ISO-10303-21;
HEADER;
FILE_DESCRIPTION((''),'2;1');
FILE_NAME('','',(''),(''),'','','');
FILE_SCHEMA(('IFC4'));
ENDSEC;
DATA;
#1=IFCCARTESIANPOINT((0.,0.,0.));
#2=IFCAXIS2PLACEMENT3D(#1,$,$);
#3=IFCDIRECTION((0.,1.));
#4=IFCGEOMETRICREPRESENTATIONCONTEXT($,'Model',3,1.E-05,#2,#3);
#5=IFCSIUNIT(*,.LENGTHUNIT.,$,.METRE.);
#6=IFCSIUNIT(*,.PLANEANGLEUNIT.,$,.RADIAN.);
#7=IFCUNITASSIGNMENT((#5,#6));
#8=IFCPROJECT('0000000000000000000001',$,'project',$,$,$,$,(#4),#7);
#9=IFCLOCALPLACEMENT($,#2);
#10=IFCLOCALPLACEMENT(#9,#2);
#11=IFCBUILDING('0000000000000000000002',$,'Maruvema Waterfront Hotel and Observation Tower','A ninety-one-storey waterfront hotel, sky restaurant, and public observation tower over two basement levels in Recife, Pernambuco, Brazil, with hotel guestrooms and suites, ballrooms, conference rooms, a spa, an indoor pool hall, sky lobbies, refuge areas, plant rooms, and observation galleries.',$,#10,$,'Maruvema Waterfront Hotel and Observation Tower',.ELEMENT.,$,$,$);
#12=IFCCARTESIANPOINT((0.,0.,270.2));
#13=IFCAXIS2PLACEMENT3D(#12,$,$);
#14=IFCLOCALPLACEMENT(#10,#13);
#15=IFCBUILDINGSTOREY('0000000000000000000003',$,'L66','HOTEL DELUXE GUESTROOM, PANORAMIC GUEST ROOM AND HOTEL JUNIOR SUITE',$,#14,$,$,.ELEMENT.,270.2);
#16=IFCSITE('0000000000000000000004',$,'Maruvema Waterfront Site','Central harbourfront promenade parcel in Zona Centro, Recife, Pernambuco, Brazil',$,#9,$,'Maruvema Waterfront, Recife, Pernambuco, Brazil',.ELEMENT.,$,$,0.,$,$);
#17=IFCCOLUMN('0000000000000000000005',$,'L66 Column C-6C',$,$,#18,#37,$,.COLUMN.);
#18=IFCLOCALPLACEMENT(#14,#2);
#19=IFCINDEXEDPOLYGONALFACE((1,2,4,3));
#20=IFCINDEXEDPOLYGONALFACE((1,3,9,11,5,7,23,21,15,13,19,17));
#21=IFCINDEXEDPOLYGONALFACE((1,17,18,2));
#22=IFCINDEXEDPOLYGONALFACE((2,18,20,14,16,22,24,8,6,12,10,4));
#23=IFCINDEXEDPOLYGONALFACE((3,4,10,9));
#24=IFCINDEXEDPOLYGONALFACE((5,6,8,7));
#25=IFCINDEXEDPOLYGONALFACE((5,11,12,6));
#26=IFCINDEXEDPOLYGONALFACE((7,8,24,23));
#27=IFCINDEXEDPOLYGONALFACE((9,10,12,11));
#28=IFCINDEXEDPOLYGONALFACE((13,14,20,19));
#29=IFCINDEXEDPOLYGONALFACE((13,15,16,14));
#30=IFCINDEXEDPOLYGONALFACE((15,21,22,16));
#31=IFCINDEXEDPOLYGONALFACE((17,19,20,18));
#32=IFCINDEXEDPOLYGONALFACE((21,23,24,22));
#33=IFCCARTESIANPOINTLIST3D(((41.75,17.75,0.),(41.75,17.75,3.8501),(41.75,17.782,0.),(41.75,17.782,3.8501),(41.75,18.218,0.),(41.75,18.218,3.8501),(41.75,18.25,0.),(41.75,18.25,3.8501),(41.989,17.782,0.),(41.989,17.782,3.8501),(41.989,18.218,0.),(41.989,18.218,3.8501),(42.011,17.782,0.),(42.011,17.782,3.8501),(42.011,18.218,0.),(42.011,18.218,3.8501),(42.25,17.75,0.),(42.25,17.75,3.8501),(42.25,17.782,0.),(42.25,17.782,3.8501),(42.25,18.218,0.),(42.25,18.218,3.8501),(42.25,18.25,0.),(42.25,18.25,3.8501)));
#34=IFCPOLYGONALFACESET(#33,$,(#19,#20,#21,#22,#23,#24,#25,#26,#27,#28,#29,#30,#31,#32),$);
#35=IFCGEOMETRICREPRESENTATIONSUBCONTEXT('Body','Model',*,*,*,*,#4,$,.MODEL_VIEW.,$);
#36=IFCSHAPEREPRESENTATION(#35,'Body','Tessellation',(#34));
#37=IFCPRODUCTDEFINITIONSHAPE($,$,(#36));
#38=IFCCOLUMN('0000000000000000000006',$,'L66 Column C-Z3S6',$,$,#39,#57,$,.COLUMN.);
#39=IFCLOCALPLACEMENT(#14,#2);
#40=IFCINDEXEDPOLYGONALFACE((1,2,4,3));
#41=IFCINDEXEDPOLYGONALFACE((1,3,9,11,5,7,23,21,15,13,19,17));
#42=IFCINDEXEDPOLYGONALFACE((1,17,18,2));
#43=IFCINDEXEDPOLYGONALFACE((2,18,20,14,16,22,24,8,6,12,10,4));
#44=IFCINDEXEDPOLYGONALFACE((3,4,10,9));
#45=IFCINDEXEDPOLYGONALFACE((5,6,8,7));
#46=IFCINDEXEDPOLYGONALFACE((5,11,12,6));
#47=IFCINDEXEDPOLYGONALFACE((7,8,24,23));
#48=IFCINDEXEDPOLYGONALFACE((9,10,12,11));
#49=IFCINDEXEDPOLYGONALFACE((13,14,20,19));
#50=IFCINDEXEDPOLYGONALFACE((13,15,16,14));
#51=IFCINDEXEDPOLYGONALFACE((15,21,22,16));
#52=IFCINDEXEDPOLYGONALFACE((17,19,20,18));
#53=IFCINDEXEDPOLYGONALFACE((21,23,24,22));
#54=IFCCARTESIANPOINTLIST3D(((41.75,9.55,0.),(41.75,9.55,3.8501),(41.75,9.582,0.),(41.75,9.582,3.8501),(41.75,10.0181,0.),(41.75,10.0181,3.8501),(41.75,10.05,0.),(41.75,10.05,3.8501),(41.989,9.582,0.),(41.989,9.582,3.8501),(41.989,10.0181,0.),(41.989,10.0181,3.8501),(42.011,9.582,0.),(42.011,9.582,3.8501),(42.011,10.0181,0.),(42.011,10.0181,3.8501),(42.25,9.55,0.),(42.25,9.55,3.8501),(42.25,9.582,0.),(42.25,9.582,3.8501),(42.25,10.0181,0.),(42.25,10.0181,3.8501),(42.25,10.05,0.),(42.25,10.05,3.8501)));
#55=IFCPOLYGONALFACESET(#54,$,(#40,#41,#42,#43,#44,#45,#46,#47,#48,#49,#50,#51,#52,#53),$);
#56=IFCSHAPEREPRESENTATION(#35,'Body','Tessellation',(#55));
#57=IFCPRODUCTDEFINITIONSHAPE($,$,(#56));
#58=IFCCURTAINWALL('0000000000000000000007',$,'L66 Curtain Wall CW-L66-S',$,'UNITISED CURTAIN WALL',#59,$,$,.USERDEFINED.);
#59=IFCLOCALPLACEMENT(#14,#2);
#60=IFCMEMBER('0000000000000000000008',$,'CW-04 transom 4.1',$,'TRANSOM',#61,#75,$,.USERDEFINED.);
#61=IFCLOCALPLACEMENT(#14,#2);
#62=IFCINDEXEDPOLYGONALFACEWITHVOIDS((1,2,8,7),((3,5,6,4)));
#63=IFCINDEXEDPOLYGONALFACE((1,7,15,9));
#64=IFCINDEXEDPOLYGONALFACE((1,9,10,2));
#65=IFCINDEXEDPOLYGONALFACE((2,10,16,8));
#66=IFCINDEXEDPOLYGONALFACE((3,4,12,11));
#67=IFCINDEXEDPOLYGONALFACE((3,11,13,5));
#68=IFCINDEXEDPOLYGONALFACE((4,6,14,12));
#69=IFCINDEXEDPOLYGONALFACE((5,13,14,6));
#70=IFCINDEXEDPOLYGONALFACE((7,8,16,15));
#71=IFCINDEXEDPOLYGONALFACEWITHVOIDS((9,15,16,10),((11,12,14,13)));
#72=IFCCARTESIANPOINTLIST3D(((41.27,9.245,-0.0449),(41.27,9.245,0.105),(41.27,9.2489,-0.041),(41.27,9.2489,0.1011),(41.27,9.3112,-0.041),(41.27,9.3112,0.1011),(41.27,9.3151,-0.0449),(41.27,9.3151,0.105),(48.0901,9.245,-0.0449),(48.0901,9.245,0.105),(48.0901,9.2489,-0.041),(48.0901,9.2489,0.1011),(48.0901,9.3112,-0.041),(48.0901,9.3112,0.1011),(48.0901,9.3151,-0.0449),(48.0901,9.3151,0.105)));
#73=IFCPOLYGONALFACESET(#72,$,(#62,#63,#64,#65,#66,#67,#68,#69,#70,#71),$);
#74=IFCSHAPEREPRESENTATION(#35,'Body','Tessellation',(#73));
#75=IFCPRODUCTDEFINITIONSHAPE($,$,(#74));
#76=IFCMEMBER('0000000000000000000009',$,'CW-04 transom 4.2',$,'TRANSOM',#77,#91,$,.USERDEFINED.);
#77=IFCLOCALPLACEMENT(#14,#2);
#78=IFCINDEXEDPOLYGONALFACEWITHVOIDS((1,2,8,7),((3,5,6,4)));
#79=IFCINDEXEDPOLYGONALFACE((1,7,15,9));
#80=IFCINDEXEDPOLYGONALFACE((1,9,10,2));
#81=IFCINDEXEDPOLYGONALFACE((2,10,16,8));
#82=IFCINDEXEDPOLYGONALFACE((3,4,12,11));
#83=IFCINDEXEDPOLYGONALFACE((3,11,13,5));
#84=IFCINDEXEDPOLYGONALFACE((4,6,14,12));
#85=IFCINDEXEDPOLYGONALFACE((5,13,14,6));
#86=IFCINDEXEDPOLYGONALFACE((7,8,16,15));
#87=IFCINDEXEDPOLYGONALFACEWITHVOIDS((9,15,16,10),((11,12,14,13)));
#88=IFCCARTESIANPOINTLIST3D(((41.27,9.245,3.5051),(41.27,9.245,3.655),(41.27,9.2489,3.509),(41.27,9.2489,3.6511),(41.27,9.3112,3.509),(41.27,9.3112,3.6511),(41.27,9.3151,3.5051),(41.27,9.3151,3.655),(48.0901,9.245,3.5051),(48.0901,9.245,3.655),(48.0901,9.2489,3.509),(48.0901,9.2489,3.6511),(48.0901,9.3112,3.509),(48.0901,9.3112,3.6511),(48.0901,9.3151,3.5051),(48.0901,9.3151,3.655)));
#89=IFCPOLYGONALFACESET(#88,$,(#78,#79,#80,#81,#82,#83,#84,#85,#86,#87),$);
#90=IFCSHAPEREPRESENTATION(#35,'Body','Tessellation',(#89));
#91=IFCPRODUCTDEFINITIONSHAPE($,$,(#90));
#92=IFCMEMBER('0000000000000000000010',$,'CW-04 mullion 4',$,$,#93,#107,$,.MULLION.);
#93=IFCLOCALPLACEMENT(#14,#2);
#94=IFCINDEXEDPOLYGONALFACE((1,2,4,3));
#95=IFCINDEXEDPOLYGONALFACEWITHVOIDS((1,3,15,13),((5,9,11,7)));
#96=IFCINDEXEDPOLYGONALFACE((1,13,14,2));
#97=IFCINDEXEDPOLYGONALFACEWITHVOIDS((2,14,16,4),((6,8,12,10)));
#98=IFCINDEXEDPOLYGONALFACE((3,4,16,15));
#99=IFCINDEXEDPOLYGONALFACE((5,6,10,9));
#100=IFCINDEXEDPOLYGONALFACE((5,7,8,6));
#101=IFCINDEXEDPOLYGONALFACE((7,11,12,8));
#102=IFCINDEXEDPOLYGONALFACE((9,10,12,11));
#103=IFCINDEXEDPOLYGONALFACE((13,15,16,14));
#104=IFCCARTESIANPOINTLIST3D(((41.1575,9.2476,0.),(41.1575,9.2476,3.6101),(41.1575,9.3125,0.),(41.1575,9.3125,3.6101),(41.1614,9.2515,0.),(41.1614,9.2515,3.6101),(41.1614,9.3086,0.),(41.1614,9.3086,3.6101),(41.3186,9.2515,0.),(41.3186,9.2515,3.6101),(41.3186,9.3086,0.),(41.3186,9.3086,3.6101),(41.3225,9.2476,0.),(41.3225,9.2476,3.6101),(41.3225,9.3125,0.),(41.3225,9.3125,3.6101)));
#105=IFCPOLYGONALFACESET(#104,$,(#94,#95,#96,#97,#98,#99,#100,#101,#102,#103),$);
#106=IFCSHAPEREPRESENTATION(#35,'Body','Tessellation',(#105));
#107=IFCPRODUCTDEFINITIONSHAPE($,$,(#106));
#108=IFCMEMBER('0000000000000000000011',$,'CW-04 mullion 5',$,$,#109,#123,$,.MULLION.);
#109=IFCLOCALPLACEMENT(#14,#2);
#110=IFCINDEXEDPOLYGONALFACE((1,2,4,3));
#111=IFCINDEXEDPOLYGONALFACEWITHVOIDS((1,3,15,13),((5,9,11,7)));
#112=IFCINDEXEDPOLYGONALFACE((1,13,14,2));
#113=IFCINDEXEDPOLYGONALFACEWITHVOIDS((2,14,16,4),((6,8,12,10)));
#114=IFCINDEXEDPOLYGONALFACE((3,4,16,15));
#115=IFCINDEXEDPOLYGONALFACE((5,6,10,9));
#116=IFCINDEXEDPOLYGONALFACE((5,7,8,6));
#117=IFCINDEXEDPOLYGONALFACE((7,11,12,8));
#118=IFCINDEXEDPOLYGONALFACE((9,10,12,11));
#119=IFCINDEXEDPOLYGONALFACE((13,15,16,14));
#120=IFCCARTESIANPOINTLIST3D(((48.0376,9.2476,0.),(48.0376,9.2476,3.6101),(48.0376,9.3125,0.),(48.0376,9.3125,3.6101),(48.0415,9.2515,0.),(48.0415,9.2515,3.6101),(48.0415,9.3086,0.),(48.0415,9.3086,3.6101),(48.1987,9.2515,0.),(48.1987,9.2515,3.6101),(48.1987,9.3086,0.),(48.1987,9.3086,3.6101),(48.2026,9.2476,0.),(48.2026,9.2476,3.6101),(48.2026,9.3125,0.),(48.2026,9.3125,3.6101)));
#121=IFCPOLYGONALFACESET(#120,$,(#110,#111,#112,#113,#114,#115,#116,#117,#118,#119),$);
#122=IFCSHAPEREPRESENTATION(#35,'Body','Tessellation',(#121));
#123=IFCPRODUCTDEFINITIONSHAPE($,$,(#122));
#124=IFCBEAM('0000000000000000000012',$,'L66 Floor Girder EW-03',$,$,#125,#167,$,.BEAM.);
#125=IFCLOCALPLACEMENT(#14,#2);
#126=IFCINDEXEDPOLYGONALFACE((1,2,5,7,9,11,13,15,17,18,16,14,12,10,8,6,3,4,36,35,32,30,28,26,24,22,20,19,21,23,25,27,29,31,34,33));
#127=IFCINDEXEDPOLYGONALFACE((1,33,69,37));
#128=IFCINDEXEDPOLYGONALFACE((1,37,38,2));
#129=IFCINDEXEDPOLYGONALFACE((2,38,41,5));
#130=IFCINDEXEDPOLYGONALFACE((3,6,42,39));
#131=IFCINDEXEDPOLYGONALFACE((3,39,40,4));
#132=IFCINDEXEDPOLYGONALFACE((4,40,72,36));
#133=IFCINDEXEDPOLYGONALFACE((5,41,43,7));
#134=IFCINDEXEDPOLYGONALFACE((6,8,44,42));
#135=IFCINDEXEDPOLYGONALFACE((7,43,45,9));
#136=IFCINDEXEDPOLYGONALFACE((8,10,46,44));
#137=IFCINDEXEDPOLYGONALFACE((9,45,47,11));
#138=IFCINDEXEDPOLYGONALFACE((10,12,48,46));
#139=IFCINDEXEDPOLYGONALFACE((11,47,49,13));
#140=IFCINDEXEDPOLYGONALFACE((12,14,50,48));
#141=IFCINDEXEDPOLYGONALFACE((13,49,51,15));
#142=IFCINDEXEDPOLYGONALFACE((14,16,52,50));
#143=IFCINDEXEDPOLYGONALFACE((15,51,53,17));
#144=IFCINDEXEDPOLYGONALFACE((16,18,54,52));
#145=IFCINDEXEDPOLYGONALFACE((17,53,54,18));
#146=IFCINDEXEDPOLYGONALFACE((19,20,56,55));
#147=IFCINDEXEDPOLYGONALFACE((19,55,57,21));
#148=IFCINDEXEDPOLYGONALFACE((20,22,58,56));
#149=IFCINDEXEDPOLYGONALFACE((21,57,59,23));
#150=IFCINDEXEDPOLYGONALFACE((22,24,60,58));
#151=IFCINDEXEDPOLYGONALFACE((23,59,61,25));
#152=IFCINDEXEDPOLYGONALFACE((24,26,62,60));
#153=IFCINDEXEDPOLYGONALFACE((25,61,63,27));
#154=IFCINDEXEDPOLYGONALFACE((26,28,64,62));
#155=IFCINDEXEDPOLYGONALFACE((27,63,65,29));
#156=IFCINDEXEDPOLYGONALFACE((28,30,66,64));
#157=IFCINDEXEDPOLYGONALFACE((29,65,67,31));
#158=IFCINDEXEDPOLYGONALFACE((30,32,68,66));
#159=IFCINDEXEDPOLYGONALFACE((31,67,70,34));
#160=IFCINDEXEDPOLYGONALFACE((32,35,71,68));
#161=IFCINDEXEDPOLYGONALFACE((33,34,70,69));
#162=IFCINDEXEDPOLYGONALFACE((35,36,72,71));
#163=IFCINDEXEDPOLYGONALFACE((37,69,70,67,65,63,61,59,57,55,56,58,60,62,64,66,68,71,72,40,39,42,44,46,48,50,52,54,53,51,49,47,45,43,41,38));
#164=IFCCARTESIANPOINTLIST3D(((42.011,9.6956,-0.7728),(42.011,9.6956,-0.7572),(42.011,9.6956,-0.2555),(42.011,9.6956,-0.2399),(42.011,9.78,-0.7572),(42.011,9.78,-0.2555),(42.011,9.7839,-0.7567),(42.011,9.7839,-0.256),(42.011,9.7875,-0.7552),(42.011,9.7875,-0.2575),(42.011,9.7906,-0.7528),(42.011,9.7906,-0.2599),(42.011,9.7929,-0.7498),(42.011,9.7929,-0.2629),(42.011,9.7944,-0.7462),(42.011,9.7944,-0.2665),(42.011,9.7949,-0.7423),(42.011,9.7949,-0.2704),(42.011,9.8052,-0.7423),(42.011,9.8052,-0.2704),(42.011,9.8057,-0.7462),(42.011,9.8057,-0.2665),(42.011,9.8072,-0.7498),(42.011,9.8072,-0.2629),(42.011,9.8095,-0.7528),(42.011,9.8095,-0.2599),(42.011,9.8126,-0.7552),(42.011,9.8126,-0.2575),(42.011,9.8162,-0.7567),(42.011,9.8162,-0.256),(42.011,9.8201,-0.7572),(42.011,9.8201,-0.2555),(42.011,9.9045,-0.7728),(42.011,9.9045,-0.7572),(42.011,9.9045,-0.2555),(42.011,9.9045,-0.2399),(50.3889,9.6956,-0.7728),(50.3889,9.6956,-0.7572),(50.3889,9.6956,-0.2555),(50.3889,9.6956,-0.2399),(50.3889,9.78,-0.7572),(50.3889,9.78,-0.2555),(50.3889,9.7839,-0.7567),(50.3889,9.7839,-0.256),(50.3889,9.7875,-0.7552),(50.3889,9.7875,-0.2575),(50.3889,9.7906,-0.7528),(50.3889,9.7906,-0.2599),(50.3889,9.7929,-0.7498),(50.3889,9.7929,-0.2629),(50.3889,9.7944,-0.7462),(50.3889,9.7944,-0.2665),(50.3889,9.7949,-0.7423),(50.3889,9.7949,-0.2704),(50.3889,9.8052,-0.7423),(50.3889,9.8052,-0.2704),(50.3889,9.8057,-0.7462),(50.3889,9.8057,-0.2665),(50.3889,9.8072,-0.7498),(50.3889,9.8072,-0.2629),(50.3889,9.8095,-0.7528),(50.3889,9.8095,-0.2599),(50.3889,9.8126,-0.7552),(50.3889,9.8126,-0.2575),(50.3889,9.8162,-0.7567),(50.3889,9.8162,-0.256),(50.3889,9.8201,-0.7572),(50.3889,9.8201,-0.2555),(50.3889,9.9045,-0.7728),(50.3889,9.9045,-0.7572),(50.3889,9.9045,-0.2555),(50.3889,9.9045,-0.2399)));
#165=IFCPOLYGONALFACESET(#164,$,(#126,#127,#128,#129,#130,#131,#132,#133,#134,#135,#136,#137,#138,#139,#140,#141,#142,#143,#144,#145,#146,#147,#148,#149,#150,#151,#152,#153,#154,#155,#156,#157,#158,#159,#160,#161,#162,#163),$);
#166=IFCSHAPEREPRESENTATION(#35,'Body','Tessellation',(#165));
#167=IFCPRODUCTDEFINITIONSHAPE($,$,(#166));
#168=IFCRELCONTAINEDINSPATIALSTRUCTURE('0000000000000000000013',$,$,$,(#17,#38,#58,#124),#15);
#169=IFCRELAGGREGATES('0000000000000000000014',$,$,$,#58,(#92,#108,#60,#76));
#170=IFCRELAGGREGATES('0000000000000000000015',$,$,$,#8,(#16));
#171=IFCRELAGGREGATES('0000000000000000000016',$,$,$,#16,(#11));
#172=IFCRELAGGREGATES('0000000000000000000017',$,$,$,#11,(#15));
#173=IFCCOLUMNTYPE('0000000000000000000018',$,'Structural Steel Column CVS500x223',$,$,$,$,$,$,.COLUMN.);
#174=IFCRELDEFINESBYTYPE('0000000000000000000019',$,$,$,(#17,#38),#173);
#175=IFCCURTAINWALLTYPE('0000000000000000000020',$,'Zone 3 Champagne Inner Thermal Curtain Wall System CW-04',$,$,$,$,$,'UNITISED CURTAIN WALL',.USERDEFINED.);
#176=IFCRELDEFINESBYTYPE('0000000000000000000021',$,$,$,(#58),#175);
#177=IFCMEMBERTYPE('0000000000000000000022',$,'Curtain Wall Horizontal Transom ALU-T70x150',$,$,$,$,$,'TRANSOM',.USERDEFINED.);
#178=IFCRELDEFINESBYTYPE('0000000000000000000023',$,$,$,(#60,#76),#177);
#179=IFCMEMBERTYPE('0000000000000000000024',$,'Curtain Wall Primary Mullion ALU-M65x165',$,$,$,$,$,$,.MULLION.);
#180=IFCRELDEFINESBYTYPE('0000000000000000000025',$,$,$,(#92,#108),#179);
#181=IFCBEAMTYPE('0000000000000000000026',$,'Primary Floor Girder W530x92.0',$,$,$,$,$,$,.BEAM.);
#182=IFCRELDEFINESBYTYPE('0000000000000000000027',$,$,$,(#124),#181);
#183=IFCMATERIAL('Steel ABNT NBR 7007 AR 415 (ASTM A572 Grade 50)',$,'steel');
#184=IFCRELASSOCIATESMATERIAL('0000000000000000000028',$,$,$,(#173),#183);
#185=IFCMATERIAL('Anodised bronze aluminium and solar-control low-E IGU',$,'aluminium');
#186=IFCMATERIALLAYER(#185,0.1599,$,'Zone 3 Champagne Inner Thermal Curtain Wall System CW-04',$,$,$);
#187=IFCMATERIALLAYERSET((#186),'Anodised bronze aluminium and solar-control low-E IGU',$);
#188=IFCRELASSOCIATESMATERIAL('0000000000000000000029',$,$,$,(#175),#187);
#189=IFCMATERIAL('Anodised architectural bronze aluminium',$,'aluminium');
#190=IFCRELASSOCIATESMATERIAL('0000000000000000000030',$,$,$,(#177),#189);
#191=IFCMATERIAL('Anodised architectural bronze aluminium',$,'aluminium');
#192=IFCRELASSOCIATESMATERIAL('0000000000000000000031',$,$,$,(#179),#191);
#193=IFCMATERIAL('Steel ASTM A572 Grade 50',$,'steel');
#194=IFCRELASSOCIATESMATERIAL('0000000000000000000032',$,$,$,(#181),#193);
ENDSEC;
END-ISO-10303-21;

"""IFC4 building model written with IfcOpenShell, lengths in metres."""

from ifc_helpers import new_model, si_unit, direction, frame, origin, origin_2d, place, context, subcontext, project, spatial, hollow_rectangle, i_section, extrude, material, layer, layer_set, material_profile, profile_set, type_object, element, aggregate, save


model = new_model("IFC4")

# Units and contexts
model_context = context("Model", 3, precision=1e-05, world=origin(), true_north=direction((0.0, 1.0)))
body_context = subcontext(model_context, "Body", "Model", "MODEL_VIEW")
ifc_project = project(units=[si_unit("LENGTHUNIT", "METRE"), si_unit("PLANEANGLEUNIT", "RADIAN")], contexts=[model_context])

# Site, building, storey
site_placement = place(None, origin())
site = spatial("IfcSite", under=ifc_project, at=site_placement, Name="Maruvema Waterfront Site", Description="Central harbourfront promenade parcel in Zona Centro, Recife, Pernambuco, Brazil", LongName="Maruvema Waterfront, Recife, Pernambuco, Brazil", CompositionType="ELEMENT", RefElevation=0.0)
building_placement = place(site_placement, origin())
building = spatial("IfcBuilding", under=site, at=building_placement, Name="Maruvema Waterfront Hotel and Observation Tower", Description="A ninety-one-storey waterfront hotel, sky restaurant, and public observation tower over two basement levels in Recife, Pernambuco, Brazil, with hotel guestrooms and suites, ballrooms, conference rooms, a spa, an indoor pool hall, sky lobbies, refuge areas, plant rooms, and observation galleries.", LongName="Maruvema Waterfront Hotel and Observation Tower", CompositionType="ELEMENT")
storey_placement = place(building_placement, frame((0.0, 0.0, 270.2)))
storey = spatial("IfcBuildingStorey", under=building, at=storey_placement, Name="L66", Description="HOTEL DELUXE GUESTROOM, PANORAMIC GUEST ROOM AND HOTEL JUNIOR SUITE", CompositionType="ELEMENT", Elevation=270.2)

# Columns
ifc_material_1 = material(Name="Steel ABNT NBR 7007 AR 415 (ASTM A572 Grade 50)", Category="steel")
ifc_material_profile_1 = material_profile(ifc_material_1, i_section(OverallWidth=0.5, OverallDepth=0.5, WebThickness=0.022, FlangeThickness=0.032, at=origin_2d()), Name="CVS500x223")
ifc_profile_set_1 = profile_set([ifc_material_profile_1], Name="Steel ABNT NBR 7007 AR 415 (ASTM A572 Grade 50)")
column_type = type_object("IfcColumnType", Name="Structural Steel Column CVS500x223", PredefinedType="COLUMN", material=ifc_profile_set_1)
for number, where, z_axis, x_axis, name in (
    (1, (42.0, 18.0, 0.0), (0.0, 0.0, 1.0), (1.0, 0.0, 0.0), "L66 Column C-6C"),
    (2, (42.0, 9.8, 0.0), (0.0, 0.0, 1.0), (1.0, 0.0, 0.0), "L66 Column C-Z3S6"),
):
    element("IfcColumn", number, at=place(storey_placement, frame(where, z_axis=z_axis, x_axis=x_axis)), inside=storey, type_object=column_type, Name=name, PredefinedType="COLUMN", context=body_context, shape_type="SweptSolid", body=[
        extrude(i_section(OverallWidth=0.5, OverallDepth=0.5, WebThickness=0.022, FlangeThickness=0.032, at=origin_2d()), origin(), (0.0, 0.0, 1.0), 3.8501),
    ])

# Curtain wall, members
ifc_material_2 = material(Name="Anodised bronze aluminium and solar-control low-E IGU", Category="aluminium")
ifc_layer_1 = layer(ifc_material_2, 0.1599, Name="Zone 3 Champagne Inner Thermal Curtain Wall System CW-04")
ifc_layer_set_1 = layer_set([ifc_layer_1], Name="Anodised bronze aluminium and solar-control low-E IGU")
curtain_wall_type = type_object("IfcCurtainWallType", Name="Zone 3 Champagne Inner Thermal Curtain Wall System CW-04", ElementType="UNITISED CURTAIN WALL", PredefinedType="USERDEFINED", material=ifc_layer_set_1)
curtain_wall_placement = place(storey_placement, origin())
curtain_wall = element("IfcCurtainWall", 3, at=curtain_wall_placement, inside=storey, type_object=curtain_wall_type, Name="L66 Curtain Wall CW-L66-S", ObjectType="UNITISED CURTAIN WALL", PredefinedType="USERDEFINED")
ifc_material_3 = material(Name="Anodised architectural bronze aluminium", Category="aluminium")
ifc_material_profile_2 = material_profile(ifc_material_3, hollow_rectangle(XDim=0.0701, YDim=0.1499, WallThickness=0.0039, at=origin_2d()), Name="ALU-T70x150")
ifc_profile_set_2 = profile_set([ifc_material_profile_2], Name="Anodised architectural bronze aluminium")
member_type_1 = type_object("IfcMemberType", Name="Curtain Wall Horizontal Transom ALU-T70x150", ElementType="TRANSOM", PredefinedType="USERDEFINED", material=ifc_profile_set_2)
member_1_placement = place(storey_placement, frame((41.27, 9.28, 0.03), z_axis=(1.0, 0.0, 0.0), x_axis=(0.0, 1.0, 0.0)))
member_1 = element("IfcMember", 4, at=member_1_placement, type_object=member_type_1, Name="CW-04 transom 4.1", ObjectType="TRANSOM", PredefinedType="USERDEFINED", context=body_context, shape_type="SweptSolid", body=[
    extrude(hollow_rectangle(XDim=0.0701, YDim=0.1499, WallThickness=0.0039, at=origin_2d()), origin(), (0.0, 0.0, 1.0), 6.8201),
])
member_2_placement = place(storey_placement, frame((41.27, 9.28, 3.5801), z_axis=(1.0, 0.0, 0.0), x_axis=(0.0, 1.0, 0.0)))
member_2 = element("IfcMember", 5, at=member_2_placement, type_object=member_type_1, Name="CW-04 transom 4.2", ObjectType="TRANSOM", PredefinedType="USERDEFINED", context=body_context, shape_type="SweptSolid", body=[
    extrude(hollow_rectangle(XDim=0.0701, YDim=0.1499, WallThickness=0.0039, at=origin_2d()), origin(), (0.0, 0.0, 1.0), 6.8201),
])
ifc_material_4 = material(Name="Anodised architectural bronze aluminium", Category="aluminium")
ifc_material_profile_3 = material_profile(ifc_material_4, hollow_rectangle(XDim=0.0649, YDim=0.165, WallThickness=0.0039, at=origin_2d()), Name="ALU-M65x165")
ifc_profile_set_3 = profile_set([ifc_material_profile_3], Name="Anodised architectural bronze aluminium")
member_type_2 = type_object("IfcMemberType", Name="Curtain Wall Primary Mullion ALU-M65x165", PredefinedType="MULLION", material=ifc_profile_set_3)
member_3_placement = place(storey_placement, frame((41.24, 9.28, 0.0), z_axis=(0.0, 0.0, 1.0), x_axis=(0.0, 1.0, 0.0)))
member_3 = element("IfcMember", 6, at=member_3_placement, type_object=member_type_2, Name="CW-04 mullion 4", PredefinedType="MULLION", context=body_context, shape_type="SweptSolid", body=[
    extrude(hollow_rectangle(XDim=0.0649, YDim=0.165, WallThickness=0.0039, at=origin_2d()), origin(), (0.0, 0.0, 1.0), 3.6101),
])
member_4_placement = place(storey_placement, frame((48.1201, 9.28, 0.0), z_axis=(0.0, 0.0, 1.0), x_axis=(0.0, 1.0, 0.0)))
member_4 = element("IfcMember", 7, at=member_4_placement, type_object=member_type_2, Name="CW-04 mullion 5", PredefinedType="MULLION", context=body_context, shape_type="SweptSolid", body=[
    extrude(hollow_rectangle(XDim=0.0649, YDim=0.165, WallThickness=0.0039, at=origin_2d()), origin(), (0.0, 0.0, 1.0), 3.6101),
])

# Beam
ifc_material_5 = material(Name="Steel ASTM A572 Grade 50", Category="steel")
ifc_material_profile_4 = material_profile(ifc_material_5, i_section(OverallWidth=0.209, OverallDepth=0.533, WebThickness=0.0103, FlangeThickness=0.0156, FilletRadius=0.0149, at=origin_2d()), Name="W530x92.0")
ifc_profile_set_4 = profile_set([ifc_material_profile_4], Name="Steel ASTM A572 Grade 50")
beam_type_1 = type_object("IfcBeamType", Name="Primary Floor Girder W530x92.0", PredefinedType="BEAM", material=ifc_profile_set_4)
beam_1_placement = place(storey_placement, frame((42.011, 9.8, -0.5063), z_axis=(1.0, 0.0, 0.0), x_axis=(0.0, 1.0, 0.0)))
element("IfcBeam", 8, at=beam_1_placement, inside=storey, type_object=beam_type_1, Name="L66 Floor Girder EW-03", PredefinedType="BEAM", context=body_context, shape_type="SweptSolid", body=[
    extrude(i_section(OverallWidth=0.209, OverallDepth=0.533, WebThickness=0.0103, FlangeThickness=0.0156, FilletRadius=0.0149, at=origin_2d()), origin(), (0.0, 0.0, 1.0), 8.3779),
])

aggregate(curtain_wall, [member_3, member_4, member_1, member_2])

save(model, "model.ifc")
